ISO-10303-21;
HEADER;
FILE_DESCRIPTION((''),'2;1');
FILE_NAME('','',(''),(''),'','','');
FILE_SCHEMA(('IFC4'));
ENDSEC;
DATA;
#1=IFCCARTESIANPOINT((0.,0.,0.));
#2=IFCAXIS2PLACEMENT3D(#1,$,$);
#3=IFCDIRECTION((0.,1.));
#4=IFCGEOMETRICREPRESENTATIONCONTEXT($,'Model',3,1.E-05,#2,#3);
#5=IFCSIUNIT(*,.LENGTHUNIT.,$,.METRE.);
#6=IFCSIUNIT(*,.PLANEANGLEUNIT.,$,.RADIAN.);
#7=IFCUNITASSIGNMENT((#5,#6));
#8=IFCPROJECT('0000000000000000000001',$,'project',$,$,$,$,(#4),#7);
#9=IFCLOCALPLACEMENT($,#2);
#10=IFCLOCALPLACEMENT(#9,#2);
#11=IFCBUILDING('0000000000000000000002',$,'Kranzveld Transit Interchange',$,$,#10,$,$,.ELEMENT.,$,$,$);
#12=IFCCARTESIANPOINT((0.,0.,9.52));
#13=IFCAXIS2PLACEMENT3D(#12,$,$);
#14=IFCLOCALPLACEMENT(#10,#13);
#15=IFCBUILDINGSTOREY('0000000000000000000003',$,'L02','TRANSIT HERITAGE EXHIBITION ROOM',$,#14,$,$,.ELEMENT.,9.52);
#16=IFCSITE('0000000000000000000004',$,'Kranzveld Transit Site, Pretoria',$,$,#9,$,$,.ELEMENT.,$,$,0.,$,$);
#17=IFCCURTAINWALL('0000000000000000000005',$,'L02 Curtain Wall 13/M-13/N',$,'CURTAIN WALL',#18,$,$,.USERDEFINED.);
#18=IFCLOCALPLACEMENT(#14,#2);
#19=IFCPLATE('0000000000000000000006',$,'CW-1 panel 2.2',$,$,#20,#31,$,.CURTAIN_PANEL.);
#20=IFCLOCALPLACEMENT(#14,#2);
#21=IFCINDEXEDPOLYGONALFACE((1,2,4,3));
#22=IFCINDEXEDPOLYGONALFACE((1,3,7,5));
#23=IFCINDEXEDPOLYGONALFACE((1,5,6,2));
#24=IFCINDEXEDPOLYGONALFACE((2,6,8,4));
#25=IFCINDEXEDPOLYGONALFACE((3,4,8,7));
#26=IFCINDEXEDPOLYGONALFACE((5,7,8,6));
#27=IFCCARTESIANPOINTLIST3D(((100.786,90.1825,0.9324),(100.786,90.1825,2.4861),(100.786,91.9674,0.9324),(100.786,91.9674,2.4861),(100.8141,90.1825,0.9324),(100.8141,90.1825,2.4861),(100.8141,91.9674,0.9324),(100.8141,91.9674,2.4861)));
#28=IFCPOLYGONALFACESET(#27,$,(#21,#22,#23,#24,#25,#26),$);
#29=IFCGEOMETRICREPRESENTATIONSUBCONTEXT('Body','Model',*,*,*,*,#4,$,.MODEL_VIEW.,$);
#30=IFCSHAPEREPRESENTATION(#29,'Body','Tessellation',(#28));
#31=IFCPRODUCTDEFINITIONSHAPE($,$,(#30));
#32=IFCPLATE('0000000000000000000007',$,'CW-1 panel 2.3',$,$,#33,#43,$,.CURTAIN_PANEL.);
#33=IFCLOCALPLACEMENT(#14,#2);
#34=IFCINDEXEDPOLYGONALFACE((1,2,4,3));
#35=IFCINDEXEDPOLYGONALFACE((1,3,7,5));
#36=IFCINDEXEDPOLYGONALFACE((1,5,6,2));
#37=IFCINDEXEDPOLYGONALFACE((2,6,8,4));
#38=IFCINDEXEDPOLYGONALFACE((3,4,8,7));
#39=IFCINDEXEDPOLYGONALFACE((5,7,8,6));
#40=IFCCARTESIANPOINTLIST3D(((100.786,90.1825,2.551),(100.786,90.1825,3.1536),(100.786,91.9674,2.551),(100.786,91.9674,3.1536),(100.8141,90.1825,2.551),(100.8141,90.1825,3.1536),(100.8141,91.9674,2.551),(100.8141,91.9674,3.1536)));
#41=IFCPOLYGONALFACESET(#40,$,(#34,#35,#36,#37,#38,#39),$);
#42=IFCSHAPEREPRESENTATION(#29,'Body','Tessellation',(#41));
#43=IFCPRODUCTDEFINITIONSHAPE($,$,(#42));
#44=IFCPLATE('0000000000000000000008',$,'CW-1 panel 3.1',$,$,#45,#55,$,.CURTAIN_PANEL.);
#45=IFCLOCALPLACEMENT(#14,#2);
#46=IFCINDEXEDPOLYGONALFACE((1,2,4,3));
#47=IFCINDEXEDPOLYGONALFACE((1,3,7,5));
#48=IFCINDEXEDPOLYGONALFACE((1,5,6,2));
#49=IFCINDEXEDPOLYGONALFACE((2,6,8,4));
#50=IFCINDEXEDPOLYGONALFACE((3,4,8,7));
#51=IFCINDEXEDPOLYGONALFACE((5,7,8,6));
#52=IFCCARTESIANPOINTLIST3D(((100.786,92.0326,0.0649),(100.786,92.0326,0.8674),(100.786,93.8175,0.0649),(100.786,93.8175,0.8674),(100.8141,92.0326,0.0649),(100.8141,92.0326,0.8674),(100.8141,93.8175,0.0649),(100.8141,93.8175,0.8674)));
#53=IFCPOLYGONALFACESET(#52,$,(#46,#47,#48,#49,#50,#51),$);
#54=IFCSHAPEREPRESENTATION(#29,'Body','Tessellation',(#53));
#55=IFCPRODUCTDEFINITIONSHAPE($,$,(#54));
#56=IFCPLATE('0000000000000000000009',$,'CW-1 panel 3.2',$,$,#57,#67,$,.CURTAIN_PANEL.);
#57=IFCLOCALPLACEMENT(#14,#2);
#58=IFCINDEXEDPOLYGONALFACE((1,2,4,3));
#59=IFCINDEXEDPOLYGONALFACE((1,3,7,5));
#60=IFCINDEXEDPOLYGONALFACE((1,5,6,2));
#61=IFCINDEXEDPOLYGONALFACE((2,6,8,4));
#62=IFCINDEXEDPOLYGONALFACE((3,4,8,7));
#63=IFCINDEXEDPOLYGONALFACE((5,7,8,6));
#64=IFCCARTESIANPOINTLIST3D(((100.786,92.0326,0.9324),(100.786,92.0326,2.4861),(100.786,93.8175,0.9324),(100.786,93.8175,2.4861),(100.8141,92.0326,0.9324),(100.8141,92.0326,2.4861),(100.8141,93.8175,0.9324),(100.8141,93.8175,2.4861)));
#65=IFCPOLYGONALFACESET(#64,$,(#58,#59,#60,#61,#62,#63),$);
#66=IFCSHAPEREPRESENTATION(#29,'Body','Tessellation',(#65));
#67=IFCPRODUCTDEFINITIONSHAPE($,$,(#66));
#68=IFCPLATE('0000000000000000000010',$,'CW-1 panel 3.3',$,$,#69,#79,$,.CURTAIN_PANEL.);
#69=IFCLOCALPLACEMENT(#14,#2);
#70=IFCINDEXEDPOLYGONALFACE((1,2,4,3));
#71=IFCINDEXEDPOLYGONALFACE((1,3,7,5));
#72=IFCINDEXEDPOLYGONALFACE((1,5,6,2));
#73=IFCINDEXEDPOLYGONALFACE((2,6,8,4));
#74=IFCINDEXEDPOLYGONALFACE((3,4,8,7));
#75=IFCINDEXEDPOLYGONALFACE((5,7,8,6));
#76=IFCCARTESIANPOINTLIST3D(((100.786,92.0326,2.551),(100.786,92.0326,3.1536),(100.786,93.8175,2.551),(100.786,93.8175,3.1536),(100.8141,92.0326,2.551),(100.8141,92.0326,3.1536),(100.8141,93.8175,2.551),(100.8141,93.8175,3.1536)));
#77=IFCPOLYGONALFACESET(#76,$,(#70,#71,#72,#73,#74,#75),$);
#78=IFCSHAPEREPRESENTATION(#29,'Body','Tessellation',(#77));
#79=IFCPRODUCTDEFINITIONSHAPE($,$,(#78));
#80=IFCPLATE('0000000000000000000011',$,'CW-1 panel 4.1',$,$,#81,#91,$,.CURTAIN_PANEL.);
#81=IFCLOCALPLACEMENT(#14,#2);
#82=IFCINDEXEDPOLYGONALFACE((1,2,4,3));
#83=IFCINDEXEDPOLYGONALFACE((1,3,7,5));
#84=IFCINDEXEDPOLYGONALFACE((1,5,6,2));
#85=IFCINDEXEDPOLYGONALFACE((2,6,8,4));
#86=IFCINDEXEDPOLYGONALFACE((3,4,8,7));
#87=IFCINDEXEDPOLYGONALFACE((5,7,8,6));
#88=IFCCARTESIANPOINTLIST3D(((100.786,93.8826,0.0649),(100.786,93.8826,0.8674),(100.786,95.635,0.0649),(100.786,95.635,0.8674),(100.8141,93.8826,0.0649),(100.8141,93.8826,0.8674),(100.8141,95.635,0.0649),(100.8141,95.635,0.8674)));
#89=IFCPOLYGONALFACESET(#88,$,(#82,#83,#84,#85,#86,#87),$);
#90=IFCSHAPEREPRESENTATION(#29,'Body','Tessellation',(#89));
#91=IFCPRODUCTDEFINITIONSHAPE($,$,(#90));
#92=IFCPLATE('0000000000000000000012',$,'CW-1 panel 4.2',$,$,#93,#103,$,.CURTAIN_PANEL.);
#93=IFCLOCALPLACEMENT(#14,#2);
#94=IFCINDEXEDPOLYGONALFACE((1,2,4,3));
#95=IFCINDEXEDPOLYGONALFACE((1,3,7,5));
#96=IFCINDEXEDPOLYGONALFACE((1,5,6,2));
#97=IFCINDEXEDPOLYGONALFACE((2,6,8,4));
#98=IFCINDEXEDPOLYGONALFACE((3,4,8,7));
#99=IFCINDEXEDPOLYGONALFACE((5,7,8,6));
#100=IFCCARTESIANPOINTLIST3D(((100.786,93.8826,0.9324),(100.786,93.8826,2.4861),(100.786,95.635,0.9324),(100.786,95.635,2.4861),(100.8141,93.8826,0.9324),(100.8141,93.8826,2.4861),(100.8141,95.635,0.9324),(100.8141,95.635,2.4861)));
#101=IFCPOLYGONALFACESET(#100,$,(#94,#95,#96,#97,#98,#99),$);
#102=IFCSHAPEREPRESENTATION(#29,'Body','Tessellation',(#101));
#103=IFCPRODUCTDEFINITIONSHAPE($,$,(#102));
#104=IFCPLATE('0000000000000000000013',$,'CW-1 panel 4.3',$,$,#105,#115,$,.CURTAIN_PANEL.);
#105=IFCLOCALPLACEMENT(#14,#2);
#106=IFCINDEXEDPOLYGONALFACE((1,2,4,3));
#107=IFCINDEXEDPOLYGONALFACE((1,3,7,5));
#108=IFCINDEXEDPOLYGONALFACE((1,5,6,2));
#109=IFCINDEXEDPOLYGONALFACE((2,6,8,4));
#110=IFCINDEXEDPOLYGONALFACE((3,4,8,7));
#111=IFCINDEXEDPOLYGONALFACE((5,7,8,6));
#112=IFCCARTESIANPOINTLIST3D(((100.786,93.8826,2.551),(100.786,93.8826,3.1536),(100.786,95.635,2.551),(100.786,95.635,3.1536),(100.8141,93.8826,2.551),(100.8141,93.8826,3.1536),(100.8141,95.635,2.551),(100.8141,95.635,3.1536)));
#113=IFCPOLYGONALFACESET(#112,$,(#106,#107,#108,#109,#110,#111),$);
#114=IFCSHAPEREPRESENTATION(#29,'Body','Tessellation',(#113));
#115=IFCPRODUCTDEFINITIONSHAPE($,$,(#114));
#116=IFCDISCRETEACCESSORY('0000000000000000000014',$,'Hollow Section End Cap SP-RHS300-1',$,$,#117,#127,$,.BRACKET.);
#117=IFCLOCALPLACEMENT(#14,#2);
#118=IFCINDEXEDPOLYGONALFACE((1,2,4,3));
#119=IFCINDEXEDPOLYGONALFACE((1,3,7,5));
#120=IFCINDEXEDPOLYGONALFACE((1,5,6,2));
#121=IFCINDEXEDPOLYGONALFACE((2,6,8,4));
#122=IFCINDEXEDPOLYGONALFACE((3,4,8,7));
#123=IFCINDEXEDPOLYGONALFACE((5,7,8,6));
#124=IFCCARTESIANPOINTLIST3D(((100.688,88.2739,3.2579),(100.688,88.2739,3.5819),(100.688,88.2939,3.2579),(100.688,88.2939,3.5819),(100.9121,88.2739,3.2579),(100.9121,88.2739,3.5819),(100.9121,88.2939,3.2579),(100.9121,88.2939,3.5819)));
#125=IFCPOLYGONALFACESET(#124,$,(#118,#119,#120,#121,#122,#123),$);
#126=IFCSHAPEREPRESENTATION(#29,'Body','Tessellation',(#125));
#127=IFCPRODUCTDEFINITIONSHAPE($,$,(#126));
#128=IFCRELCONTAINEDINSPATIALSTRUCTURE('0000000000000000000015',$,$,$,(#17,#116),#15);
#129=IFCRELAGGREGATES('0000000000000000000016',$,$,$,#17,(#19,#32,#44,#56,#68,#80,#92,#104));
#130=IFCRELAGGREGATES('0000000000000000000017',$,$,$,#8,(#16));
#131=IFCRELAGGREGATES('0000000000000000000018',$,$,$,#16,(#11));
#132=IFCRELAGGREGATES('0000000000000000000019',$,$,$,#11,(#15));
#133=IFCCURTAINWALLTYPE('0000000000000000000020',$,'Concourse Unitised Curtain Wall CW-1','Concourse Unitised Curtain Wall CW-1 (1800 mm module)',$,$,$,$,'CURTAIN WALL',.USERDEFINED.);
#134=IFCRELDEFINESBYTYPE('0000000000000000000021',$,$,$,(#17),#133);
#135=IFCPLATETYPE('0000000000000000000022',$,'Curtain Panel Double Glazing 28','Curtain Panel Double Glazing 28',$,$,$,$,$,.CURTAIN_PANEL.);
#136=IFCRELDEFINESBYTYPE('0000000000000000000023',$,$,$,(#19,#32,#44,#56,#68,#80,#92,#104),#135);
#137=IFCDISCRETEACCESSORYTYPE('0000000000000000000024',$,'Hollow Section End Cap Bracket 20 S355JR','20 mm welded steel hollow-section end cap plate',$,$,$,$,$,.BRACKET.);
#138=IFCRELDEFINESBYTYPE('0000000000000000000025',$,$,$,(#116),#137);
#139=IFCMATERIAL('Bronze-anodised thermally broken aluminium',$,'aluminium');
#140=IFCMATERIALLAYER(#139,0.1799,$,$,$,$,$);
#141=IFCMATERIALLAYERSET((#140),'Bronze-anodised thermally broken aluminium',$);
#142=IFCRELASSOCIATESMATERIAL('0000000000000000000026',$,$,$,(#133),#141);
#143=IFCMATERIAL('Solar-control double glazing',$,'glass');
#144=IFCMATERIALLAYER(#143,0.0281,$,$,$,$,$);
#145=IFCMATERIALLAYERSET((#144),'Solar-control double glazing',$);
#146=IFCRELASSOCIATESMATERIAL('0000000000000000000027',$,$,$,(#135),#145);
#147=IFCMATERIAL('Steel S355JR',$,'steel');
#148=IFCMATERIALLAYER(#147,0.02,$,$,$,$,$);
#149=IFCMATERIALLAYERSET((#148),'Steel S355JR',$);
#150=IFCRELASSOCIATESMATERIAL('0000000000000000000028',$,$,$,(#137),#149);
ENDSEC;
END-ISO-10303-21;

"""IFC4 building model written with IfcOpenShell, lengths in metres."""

from ifc_helpers import new_model, si_unit, direction, frame, origin, origin_2d, place, context, subcontext, project, spatial, rectangle, extrude, material, layer, layer_set, type_object, element, aggregate, save


model = new_model("IFC4")

# Units and contexts
model_context = context("Model", 3, precision=1e-05, world=origin(), true_north=direction((0.0, 1.0)))
body_context = subcontext(model_context, "Body", "Model", "MODEL_VIEW")
ifc_project = project(units=[si_unit("LENGTHUNIT", "METRE"), si_unit("PLANEANGLEUNIT", "RADIAN")], contexts=[model_context])

# Site, building, storey
site_placement = place(None, origin())
site = spatial("IfcSite", under=ifc_project, at=site_placement, Name="Kranzveld Transit Site, Pretoria", CompositionType="ELEMENT", RefElevation=0.0)
building_placement = place(site_placement, origin())
building = spatial("IfcBuilding", under=site, at=building_placement, Name="Kranzveld Transit Interchange", CompositionType="ELEMENT")
storey_placement = place(building_placement, frame((0.0, 0.0, 9.52)))
storey = spatial("IfcBuildingStorey", under=building, at=storey_placement, Name="L02", Description="TRANSIT HERITAGE EXHIBITION ROOM", CompositionType="ELEMENT", Elevation=9.52)

# Curtain wall
ifc_material_1 = material(Name="Bronze-anodised thermally broken aluminium", Category="aluminium")
ifc_layer_1 = layer(ifc_material_1, 0.1799)
ifc_layer_set_1 = layer_set([ifc_layer_1], Name="Bronze-anodised thermally broken aluminium")
curtain_wall_type = type_object("IfcCurtainWallType", Name="Concourse Unitised Curtain Wall CW-1", Description="Concourse Unitised Curtain Wall CW-1 (1800 mm module)", ElementType="CURTAIN WALL", PredefinedType="USERDEFINED", material=ifc_layer_set_1)
curtain_wall_placement = place(storey_placement, origin())
curtain_wall = element("IfcCurtainWall", 1, at=curtain_wall_placement, inside=storey, type_object=curtain_wall_type, Name="L02 Curtain Wall 13/M-13/N", ObjectType="CURTAIN WALL", PredefinedType="USERDEFINED")

# Plates
ifc_material_2 = material(Name="Solar-control double glazing", Category="glass")
ifc_layer_2 = layer(ifc_material_2, 0.0281)
ifc_layer_set_2 = layer_set([ifc_layer_2], Name="Solar-control double glazing")
plate_type = type_object("IfcPlateType", Name="Curtain Panel Double Glazing 28", Description="Curtain Panel Double Glazing 28", PredefinedType="CURTAIN_PANEL", material=ifc_layer_set_2)
plate_1_placement = place(storey_placement, frame((100.8, 91.075, 0.9324), z_axis=(0.0, 0.0, 1.0), x_axis=(0.0, 1.0, 0.0)))
plate_1 = element("IfcPlate", 2, at=plate_1_placement, type_object=plate_type, Name="CW-1 panel 2.2", PredefinedType="CURTAIN_PANEL", context=body_context, shape_type="SweptSolid", body=[
    extrude(rectangle(XDim=1.7849, YDim=0.0281, at=origin_2d()), origin(), (0.0, 0.0, 1.0), 1.5537),
])
plate_2_placement = place(storey_placement, frame((100.8, 91.075, 2.551), z_axis=(0.0, 0.0, 1.0), x_axis=(0.0, 1.0, 0.0)))
plate_2 = element("IfcPlate", 3, at=plate_2_placement, type_object=plate_type, Name="CW-1 panel 2.3", PredefinedType="CURTAIN_PANEL", context=body_context, shape_type="SweptSolid", body=[
    extrude(rectangle(XDim=1.7849, YDim=0.0281, at=origin_2d()), origin(), (0.0, 0.0, 1.0), 0.6025),
])
plate_3_placement = place(storey_placement, frame((100.8, 92.925, 0.0649), z_axis=(0.0, 0.0, 1.0), x_axis=(0.0, 1.0, 0.0)))
plate_3 = element("IfcPlate", 4, at=plate_3_placement, type_object=plate_type, Name="CW-1 panel 3.1", PredefinedType="CURTAIN_PANEL", context=body_context, shape_type="SweptSolid", body=[
    extrude(rectangle(XDim=1.7849, YDim=0.0281, at=origin_2d()), origin(), (0.0, 0.0, 1.0), 0.8025),
])
plate_4_placement = place(storey_placement, frame((100.8, 92.925, 0.9324), z_axis=(0.0, 0.0, 1.0), x_axis=(0.0, 1.0, 0.0)))
plate_4 = element("IfcPlate", 5, at=plate_4_placement, type_object=plate_type, Name="CW-1 panel 3.2", PredefinedType="CURTAIN_PANEL", context=body_context, shape_type="SweptSolid", body=[
    extrude(rectangle(XDim=1.7849, YDim=0.0281, at=origin_2d()), origin(), (0.0, 0.0, 1.0), 1.5537),
])
plate_5_placement = place(storey_placement, frame((100.8, 92.925, 2.551), z_axis=(0.0, 0.0, 1.0), x_axis=(0.0, 1.0, 0.0)))
plate_5 = element("IfcPlate", 6, at=plate_5_placement, type_object=plate_type, Name="CW-1 panel 3.3", PredefinedType="CURTAIN_PANEL", context=body_context, shape_type="SweptSolid", body=[
    extrude(rectangle(XDim=1.7849, YDim=0.0281, at=origin_2d()), origin(), (0.0, 0.0, 1.0), 0.6025),
])
plate_6_placement = place(storey_placement, frame((100.8, 94.7588, 0.0649), z_axis=(0.0, 0.0, 1.0), x_axis=(0.0, 1.0, 0.0)))
plate_6 = element("IfcPlate", 7, at=plate_6_placement, type_object=plate_type, Name="CW-1 panel 4.1", PredefinedType="CURTAIN_PANEL", context=body_context, shape_type="SweptSolid", body=[
    extrude(rectangle(XDim=1.7524, YDim=0.0281, at=origin_2d()), origin(), (0.0, 0.0, 1.0), 0.8025),
])
plate_7_placement = place(storey_placement, frame((100.8, 94.7588, 0.9324), z_axis=(0.0, 0.0, 1.0), x_axis=(0.0, 1.0, 0.0)))
plate_7 = element("IfcPlate", 8, at=plate_7_placement, type_object=plate_type, Name="CW-1 panel 4.2", PredefinedType="CURTAIN_PANEL", context=body_context, shape_type="SweptSolid", body=[
    extrude(rectangle(XDim=1.7524, YDim=0.0281, at=origin_2d()), origin(), (0.0, 0.0, 1.0), 1.5537),
])
plate_8_placement = place(storey_placement, frame((100.8, 94.7588, 2.551), z_axis=(0.0, 0.0, 1.0), x_axis=(0.0, 1.0, 0.0)))
plate_8 = element("IfcPlate", 9, at=plate_8_placement, type_object=plate_type, Name="CW-1 panel 4.3", PredefinedType="CURTAIN_PANEL", context=body_context, shape_type="SweptSolid", body=[
    extrude(rectangle(XDim=1.7524, YDim=0.0281, at=origin_2d()), origin(), (0.0, 0.0, 1.0), 0.6025),
])
aggregate(curtain_wall, [plate_1, plate_2, plate_3, plate_4, plate_5, plate_6, plate_7, plate_8])

# Discrete accessory
ifc_material_3 = material(Name="Steel S355JR", Category="steel")
ifc_layer_3 = layer(ifc_material_3, 0.02)
ifc_layer_set_3 = layer_set([ifc_layer_3], Name="Steel S355JR")
discrete_accessory_type = type_object("IfcDiscreteAccessoryType", Name="Hollow Section End Cap Bracket 20 S355JR", Description="20 mm welded steel hollow-section end cap plate", PredefinedType="BRACKET", material=ifc_layer_set_3)
discrete_accessory_placement = place(storey_placement, frame((100.8, 88.2939, 3.4199), z_axis=(0.0, -1.0, 0.0), x_axis=(1.0, 0.0, 0.0)))
element("IfcDiscreteAccessory", 10, at=discrete_accessory_placement, inside=storey, type_object=discrete_accessory_type, Name="Hollow Section End Cap SP-RHS300-1", PredefinedType="BRACKET", context=body_context, shape_type="SweptSolid", body=[
    extrude(rectangle(XDim=0.2241, YDim=0.324, at=origin_2d()), origin(), (0.0, 0.0, 1.0), 0.02),
])

save(model, "model.ifc")
